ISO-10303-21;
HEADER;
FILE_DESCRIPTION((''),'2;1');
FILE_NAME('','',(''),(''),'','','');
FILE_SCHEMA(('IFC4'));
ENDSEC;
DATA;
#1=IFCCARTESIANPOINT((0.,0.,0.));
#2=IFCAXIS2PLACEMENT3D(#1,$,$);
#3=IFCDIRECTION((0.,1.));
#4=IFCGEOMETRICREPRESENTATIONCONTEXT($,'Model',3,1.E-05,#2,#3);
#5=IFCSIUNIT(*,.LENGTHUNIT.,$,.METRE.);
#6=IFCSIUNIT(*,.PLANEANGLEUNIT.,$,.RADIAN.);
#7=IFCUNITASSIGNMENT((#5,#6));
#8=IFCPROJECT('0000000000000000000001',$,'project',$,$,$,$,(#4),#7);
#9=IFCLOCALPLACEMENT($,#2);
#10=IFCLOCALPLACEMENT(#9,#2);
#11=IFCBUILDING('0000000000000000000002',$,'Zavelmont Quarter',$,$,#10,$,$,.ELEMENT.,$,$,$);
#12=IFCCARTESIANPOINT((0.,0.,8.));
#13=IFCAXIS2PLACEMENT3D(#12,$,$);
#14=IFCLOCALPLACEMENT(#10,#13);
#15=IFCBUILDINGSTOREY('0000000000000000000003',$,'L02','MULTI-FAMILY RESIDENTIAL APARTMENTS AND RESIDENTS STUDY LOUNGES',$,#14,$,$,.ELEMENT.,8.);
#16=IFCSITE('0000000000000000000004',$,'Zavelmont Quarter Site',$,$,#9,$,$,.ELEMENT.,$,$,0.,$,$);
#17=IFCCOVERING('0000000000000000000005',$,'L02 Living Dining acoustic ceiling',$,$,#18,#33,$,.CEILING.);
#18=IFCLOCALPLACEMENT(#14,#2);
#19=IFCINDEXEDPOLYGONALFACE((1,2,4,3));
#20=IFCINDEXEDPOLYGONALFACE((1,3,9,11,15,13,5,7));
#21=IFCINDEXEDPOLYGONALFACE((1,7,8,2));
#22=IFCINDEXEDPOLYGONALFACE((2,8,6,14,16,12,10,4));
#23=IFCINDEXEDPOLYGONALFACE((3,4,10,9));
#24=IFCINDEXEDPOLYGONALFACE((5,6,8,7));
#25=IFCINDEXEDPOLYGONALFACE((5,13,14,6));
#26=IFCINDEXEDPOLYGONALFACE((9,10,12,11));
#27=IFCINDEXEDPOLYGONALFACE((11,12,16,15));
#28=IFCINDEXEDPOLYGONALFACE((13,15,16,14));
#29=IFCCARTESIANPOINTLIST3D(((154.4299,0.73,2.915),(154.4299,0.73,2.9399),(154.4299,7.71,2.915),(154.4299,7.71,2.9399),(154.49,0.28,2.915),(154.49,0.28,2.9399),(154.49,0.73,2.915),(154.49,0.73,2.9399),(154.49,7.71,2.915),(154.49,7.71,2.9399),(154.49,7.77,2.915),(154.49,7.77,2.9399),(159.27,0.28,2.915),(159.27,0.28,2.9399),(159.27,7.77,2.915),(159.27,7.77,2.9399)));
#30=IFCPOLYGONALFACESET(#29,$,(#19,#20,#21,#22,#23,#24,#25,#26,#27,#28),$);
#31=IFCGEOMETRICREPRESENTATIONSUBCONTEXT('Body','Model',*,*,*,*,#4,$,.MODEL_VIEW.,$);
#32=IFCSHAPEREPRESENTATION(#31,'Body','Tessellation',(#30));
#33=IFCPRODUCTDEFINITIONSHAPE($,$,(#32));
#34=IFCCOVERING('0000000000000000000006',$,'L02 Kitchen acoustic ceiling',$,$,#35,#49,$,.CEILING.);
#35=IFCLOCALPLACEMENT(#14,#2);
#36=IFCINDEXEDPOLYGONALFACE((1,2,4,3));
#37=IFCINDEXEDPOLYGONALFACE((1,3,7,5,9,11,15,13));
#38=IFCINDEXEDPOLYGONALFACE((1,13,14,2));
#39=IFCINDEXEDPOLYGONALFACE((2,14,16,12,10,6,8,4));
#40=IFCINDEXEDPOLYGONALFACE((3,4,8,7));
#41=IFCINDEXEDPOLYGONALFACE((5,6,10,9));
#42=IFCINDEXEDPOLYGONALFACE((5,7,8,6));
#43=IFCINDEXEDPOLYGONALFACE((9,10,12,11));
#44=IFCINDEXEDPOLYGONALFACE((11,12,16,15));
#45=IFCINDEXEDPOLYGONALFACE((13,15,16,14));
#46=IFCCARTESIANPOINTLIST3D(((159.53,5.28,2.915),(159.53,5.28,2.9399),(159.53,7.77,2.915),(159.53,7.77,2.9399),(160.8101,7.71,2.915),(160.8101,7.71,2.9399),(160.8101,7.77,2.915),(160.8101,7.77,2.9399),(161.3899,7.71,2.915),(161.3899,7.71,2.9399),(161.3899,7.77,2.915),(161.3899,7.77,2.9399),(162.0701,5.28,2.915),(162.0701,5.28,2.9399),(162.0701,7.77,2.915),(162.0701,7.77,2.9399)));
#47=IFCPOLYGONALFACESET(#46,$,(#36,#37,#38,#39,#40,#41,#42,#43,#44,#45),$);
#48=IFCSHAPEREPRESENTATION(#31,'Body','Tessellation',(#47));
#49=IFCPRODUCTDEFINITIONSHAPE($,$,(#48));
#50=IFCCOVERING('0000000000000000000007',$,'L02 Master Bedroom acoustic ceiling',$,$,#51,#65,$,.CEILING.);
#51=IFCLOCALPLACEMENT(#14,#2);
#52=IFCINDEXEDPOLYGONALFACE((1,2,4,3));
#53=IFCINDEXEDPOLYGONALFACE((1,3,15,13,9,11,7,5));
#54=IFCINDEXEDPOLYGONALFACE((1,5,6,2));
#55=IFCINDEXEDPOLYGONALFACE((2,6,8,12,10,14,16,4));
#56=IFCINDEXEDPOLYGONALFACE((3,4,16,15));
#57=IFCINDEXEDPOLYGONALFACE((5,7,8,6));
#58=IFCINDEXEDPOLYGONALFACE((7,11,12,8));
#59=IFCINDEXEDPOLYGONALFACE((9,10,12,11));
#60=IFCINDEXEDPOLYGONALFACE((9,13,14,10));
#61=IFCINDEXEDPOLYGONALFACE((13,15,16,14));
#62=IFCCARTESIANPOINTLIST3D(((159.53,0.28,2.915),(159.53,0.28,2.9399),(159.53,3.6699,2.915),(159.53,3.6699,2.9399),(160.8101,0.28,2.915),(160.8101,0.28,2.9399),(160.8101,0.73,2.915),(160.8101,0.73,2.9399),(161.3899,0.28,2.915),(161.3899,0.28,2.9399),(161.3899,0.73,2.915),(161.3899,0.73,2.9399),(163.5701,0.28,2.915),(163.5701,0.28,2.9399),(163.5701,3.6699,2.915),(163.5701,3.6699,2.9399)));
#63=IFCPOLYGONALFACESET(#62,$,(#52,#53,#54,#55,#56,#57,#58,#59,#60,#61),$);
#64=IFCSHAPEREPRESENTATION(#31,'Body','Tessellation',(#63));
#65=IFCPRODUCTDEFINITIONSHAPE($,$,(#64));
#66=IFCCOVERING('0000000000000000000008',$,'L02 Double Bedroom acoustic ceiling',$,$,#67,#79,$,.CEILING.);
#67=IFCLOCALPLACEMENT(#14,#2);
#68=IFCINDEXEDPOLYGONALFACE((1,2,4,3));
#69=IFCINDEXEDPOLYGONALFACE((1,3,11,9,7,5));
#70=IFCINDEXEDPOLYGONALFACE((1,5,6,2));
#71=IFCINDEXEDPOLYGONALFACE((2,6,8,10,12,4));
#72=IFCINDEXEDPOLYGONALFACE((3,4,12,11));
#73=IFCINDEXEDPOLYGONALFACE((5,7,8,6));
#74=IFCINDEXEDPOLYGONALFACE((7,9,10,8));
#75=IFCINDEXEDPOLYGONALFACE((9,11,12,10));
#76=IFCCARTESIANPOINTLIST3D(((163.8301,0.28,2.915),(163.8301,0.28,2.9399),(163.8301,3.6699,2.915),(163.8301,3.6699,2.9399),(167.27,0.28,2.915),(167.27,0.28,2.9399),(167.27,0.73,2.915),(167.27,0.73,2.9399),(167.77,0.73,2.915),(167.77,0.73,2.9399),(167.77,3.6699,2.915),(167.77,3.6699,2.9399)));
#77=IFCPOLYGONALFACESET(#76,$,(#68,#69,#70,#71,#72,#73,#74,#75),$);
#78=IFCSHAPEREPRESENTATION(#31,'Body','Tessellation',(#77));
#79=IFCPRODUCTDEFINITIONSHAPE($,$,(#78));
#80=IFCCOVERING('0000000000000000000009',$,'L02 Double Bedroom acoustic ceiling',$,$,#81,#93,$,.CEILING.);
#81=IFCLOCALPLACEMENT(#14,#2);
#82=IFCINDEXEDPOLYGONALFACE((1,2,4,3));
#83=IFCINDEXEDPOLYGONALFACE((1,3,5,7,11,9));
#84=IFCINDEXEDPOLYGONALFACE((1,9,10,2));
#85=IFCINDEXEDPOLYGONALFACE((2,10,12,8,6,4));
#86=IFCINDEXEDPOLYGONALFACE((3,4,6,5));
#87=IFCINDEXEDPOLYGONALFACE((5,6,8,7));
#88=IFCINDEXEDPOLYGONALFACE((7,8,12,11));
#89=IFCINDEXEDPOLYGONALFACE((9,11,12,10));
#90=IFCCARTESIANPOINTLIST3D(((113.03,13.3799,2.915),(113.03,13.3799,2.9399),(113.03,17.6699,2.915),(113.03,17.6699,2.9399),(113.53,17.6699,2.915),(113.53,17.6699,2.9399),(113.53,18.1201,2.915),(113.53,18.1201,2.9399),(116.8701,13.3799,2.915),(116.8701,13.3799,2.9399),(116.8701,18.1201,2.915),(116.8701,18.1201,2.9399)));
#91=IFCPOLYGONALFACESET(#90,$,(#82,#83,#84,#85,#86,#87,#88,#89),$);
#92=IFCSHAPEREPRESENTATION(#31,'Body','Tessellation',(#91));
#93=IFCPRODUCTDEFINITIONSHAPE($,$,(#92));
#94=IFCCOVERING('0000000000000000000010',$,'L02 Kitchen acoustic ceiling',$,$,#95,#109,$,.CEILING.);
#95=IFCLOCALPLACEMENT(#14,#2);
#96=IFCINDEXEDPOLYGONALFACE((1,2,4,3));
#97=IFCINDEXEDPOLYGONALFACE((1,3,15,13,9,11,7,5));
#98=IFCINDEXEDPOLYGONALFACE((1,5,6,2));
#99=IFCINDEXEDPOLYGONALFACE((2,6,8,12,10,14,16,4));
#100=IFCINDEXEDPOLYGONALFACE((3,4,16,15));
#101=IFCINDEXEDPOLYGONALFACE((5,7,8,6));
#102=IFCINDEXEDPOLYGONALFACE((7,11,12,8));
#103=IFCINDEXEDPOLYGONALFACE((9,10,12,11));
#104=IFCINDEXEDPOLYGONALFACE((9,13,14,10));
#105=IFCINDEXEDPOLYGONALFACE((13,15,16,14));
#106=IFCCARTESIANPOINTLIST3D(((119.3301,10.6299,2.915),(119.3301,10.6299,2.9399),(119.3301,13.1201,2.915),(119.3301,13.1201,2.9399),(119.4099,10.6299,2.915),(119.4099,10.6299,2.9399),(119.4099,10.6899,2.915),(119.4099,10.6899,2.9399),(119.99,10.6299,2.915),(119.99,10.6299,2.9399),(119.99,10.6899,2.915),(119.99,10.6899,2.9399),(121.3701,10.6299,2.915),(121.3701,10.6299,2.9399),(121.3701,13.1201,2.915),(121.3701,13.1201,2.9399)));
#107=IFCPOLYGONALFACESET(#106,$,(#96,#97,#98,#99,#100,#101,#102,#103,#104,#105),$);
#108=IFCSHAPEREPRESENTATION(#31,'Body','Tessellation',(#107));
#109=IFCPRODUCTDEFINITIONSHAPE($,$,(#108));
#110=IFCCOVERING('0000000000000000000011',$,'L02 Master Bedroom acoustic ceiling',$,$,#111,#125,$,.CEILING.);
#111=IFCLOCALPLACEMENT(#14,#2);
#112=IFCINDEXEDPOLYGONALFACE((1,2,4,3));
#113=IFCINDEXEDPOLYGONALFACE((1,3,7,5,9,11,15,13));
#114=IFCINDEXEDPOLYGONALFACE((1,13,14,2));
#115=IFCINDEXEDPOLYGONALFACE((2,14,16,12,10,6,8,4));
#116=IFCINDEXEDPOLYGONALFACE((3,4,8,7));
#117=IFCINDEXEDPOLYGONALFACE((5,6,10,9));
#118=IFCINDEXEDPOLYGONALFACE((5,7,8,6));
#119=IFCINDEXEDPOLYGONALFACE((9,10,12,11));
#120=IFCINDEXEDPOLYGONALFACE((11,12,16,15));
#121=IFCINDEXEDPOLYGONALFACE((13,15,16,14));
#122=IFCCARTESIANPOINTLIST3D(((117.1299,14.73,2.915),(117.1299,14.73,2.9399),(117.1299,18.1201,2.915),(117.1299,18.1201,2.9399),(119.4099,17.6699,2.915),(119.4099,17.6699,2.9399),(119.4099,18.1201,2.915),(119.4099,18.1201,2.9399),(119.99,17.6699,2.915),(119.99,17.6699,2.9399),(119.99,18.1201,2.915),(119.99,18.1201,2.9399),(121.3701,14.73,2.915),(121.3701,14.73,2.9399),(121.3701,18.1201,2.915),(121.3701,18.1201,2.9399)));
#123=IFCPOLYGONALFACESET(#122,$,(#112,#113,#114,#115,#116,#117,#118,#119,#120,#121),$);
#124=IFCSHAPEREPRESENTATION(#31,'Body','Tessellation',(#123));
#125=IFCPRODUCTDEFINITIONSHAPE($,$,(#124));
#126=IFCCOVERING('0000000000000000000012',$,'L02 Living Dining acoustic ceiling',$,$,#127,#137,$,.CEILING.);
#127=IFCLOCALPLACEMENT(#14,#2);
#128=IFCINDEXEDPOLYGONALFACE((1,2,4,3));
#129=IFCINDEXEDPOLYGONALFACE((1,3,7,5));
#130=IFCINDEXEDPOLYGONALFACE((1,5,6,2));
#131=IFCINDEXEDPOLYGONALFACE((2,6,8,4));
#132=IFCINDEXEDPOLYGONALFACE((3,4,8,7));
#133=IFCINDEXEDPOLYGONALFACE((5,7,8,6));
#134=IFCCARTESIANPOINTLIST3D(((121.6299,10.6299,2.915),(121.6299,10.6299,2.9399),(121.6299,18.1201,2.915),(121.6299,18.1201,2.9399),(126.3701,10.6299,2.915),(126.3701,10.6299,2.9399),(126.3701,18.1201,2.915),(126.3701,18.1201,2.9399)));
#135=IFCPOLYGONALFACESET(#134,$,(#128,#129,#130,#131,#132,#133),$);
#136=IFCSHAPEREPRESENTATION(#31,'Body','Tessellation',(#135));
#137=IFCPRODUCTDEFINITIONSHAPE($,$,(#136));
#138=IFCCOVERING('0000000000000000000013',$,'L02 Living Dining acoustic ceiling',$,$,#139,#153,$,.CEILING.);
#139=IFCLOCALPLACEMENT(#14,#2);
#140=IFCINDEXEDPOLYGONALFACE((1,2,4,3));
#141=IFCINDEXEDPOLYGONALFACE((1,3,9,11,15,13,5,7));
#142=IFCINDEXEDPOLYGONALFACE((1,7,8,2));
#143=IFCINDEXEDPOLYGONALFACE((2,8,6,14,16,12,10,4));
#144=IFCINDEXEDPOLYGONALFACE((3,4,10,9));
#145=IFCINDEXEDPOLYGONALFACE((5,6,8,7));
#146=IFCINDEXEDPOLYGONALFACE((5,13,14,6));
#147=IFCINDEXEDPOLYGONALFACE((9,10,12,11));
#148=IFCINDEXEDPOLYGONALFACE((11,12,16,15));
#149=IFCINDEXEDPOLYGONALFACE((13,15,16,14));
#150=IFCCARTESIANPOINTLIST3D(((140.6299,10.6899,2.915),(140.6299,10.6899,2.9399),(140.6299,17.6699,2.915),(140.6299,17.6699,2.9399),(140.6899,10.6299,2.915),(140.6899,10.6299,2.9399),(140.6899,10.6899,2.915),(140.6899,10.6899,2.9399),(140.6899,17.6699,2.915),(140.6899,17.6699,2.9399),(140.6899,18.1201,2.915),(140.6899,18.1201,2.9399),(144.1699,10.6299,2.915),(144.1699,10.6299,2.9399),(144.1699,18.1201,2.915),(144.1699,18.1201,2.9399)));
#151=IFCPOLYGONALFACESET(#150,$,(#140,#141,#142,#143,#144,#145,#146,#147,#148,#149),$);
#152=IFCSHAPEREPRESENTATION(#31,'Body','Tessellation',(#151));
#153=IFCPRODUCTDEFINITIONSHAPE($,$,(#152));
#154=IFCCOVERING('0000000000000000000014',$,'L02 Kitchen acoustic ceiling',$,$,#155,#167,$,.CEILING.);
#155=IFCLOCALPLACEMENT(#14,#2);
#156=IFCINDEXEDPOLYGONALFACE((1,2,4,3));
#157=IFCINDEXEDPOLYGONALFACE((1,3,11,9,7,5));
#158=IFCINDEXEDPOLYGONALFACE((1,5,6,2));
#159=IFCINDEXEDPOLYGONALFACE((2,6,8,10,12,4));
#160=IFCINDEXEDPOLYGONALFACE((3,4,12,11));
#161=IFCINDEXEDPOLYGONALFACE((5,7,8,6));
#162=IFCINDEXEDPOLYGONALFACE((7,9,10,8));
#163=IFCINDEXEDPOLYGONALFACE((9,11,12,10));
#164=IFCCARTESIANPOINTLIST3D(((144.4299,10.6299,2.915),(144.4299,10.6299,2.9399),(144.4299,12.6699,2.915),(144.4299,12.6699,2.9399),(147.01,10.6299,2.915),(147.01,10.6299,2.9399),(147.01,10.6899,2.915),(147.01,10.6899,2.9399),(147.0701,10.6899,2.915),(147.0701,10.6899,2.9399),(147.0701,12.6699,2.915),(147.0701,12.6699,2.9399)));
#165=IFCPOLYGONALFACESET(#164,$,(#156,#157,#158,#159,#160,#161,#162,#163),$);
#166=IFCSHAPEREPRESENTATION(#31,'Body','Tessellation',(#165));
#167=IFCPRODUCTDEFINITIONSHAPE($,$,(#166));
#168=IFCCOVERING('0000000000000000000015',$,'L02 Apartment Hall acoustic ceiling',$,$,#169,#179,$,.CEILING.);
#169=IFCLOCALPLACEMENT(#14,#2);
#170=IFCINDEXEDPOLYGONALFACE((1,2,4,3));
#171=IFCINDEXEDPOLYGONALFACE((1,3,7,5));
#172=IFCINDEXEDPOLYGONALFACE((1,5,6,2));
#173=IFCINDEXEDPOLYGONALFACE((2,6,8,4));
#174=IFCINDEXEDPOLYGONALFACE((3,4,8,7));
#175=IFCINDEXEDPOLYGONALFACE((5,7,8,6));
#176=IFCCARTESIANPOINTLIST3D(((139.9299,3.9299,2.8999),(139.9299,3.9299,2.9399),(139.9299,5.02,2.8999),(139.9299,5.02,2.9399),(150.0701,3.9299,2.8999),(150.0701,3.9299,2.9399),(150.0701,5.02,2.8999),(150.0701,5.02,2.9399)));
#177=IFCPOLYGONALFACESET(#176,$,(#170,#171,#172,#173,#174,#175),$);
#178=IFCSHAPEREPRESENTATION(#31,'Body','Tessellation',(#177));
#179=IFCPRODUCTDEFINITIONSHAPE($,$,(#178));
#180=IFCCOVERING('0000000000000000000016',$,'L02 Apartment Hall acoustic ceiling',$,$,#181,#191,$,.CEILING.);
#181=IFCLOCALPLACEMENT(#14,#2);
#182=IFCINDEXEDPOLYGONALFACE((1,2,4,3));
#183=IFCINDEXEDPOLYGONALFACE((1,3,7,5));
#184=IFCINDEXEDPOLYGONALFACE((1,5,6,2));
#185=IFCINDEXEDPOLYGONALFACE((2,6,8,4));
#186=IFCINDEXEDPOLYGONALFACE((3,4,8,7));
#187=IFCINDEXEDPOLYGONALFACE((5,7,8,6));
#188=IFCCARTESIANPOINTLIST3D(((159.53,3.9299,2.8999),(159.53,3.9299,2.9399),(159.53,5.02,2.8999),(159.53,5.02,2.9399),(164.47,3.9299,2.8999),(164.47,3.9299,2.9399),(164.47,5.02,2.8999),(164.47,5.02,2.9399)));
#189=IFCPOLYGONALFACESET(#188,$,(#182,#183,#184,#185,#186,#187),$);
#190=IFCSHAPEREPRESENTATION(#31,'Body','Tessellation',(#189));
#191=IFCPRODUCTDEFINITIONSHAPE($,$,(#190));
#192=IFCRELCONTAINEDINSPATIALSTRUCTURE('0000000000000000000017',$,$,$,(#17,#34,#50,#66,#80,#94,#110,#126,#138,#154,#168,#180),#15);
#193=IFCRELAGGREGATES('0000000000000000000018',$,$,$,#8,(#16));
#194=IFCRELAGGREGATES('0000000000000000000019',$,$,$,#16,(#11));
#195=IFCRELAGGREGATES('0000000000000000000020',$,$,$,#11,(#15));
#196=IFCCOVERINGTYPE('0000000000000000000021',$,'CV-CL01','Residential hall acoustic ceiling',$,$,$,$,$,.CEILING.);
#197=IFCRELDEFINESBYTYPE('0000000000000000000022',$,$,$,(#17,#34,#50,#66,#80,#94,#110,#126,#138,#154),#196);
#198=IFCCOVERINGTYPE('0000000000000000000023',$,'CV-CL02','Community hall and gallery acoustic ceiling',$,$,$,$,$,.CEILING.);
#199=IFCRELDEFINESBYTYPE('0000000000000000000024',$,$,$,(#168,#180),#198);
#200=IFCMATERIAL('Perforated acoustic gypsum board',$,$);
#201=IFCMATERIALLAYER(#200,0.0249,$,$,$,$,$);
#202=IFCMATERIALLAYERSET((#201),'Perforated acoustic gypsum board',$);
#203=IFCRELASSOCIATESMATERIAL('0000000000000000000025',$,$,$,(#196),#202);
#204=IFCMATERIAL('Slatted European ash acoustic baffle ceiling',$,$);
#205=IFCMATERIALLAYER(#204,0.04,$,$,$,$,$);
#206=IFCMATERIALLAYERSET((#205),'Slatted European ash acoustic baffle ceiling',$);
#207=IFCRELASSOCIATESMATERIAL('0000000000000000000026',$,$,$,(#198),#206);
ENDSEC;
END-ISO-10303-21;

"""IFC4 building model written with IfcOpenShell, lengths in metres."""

from ifc_helpers import new_model, si_unit, direction, frame, origin, place, context, subcontext, project, spatial, polyline, outline, extrude, material, layer, layer_set, type_object, element, save


model = new_model("IFC4")

# Units and contexts
model_context = context("Model", 3, precision=1e-05, world=origin(), true_north=direction((0.0, 1.0)))
body_context = subcontext(model_context, "Body", "Model", "MODEL_VIEW")
ifc_project = project(units=[si_unit("LENGTHUNIT", "METRE"), si_unit("PLANEANGLEUNIT", "RADIAN")], contexts=[model_context])

# Site, building, storey
site_placement = place(None, origin())
site = spatial("IfcSite", under=ifc_project, at=site_placement, Name="Zavelmont Quarter Site", CompositionType="ELEMENT", RefElevation=0.0)
building_placement = place(site_placement, origin())
building = spatial("IfcBuilding", under=site, at=building_placement, Name="Zavelmont Quarter", CompositionType="ELEMENT")
storey_placement = place(building_placement, frame((0.0, 0.0, 8.0)))
storey = spatial("IfcBuildingStorey", under=building, at=storey_placement, Name="L02", Description="MULTI-FAMILY RESIDENTIAL APARTMENTS AND RESIDENTS STUDY LOUNGES", CompositionType="ELEMENT", Elevation=8.0)

# Coverings
ifc_material_1 = material(Name="Perforated acoustic gypsum board")
ifc_layer_1 = layer(ifc_material_1, 0.0249)
ifc_layer_set_1 = layer_set([ifc_layer_1], Name="Perforated acoustic gypsum board")
covering_type_1 = type_object("IfcCoveringType", Name="CV-CL01", Description="Residential hall acoustic ceiling", PredefinedType="CEILING", material=ifc_layer_set_1)
covering_1_placement = place(storey_placement, frame((0.0, 0.0, 2.915)))
element("IfcCovering", 1, at=covering_1_placement, inside=storey, type_object=covering_type_1, Name="L02 Living Dining acoustic ceiling", PredefinedType="CEILING", context=body_context, shape_type="SweptSolid", body=[
    extrude(outline(polyline([(154.4299, 7.71), (154.49, 7.71), (154.49, 7.77), (159.27, 7.77), (159.27, 0.28), (154.49, 0.28), (154.49, 0.73), (154.4299, 0.73), (154.4299, 7.71)])), origin(), (0.0, 0.0, 1.0), 0.0249),
])
covering_2_placement = place(storey_placement, frame((0.0, 0.0, 2.915)))
element("IfcCovering", 2, at=covering_2_placement, inside=storey, type_object=covering_type_1, Name="L02 Kitchen acoustic ceiling", PredefinedType="CEILING", context=body_context, shape_type="SweptSolid", body=[
    extrude(outline(polyline([(159.53, 7.77), (160.8101, 7.77), (160.8101, 7.71), (161.3899, 7.71), (161.3899, 7.77), (162.0701, 7.77), (162.0701, 5.28), (159.53, 5.28), (159.53, 7.77)])), origin(), (0.0, 0.0, 1.0), 0.0249),
])
covering_3_placement = place(storey_placement, frame((0.0, 0.0, 2.915)))
element("IfcCovering", 3, at=covering_3_placement, inside=storey, type_object=covering_type_1, Name="L02 Master Bedroom acoustic ceiling", PredefinedType="CEILING", context=body_context, shape_type="SweptSolid", body=[
    extrude(outline(polyline([(159.53, 3.6699), (163.5701, 3.6699), (163.5701, 0.28), (161.3899, 0.28), (161.3899, 0.73), (160.8101, 0.73), (160.8101, 0.28), (159.53, 0.28), (159.53, 3.6699)])), origin(), (0.0, 0.0, 1.0), 0.0249),
])
covering_4_placement = place(storey_placement, frame((0.0, 0.0, 2.915)))
element("IfcCovering", 4, at=covering_4_placement, inside=storey, type_object=covering_type_1, Name="L02 Double Bedroom acoustic ceiling", PredefinedType="CEILING", context=body_context, shape_type="SweptSolid", body=[
    extrude(outline(polyline([(163.8301, 3.6699), (167.77, 3.6699), (167.77, 0.73), (167.27, 0.73), (167.27, 0.28), (163.8301, 0.28), (163.8301, 3.6699)])), origin(), (0.0, 0.0, 1.0), 0.0249),
])
covering_5_placement = place(storey_placement, frame((0.0, 0.0, 2.915)))
element("IfcCovering", 5, at=covering_5_placement, inside=storey, type_object=covering_type_1, Name="L02 Double Bedroom acoustic ceiling", PredefinedType="CEILING", context=body_context, shape_type="SweptSolid", body=[
    extrude(outline(polyline([(113.03, 17.6699), (113.53, 17.6699), (113.53, 18.1201), (116.8701, 18.1201), (116.8701, 13.3799), (113.03, 13.3799), (113.03, 17.6699)])), origin(), (0.0, 0.0, 1.0), 0.0249),
])
covering_6_placement = place(storey_placement, frame((0.0, 0.0, 2.915)))
element("IfcCovering", 6, at=covering_6_placement, inside=storey, type_object=covering_type_1, Name="L02 Kitchen acoustic ceiling", PredefinedType="CEILING", context=body_context, shape_type="SweptSolid", body=[
    extrude(outline(polyline([(119.3301, 13.1201), (121.3701, 13.1201), (121.3701, 10.6299), (119.99, 10.6299), (119.99, 10.6899), (119.4099, 10.6899), (119.4099, 10.6299), (119.3301, 10.6299), (119.3301, 13.1201)])), origin(), (0.0, 0.0, 1.0), 0.0249),
])
covering_7_placement = place(storey_placement, frame((0.0, 0.0, 2.915)))
element("IfcCovering", 7, at=covering_7_placement, inside=storey, type_object=covering_type_1, Name="L02 Master Bedroom acoustic ceiling", PredefinedType="CEILING", context=body_context, shape_type="SweptSolid", body=[
    extrude(outline(polyline([(117.1299, 18.1201), (119.4099, 18.1201), (119.4099, 17.6699), (119.99, 17.6699), (119.99, 18.1201), (121.3701, 18.1201), (121.3701, 14.73), (117.1299, 14.73), (117.1299, 18.1201)])), origin(), (0.0, 0.0, 1.0), 0.0249),
])
covering_8_placement = place(storey_placement, frame((0.0, 0.0, 2.915)))
element("IfcCovering", 8, at=covering_8_placement, inside=storey, type_object=covering_type_1, Name="L02 Living Dining acoustic ceiling", PredefinedType="CEILING", context=body_context, shape_type="SweptSolid", body=[
    extrude(outline(polyline([(121.6299, 18.1201), (126.3701, 18.1201), (126.3701, 10.6299), (121.6299, 10.6299), (121.6299, 18.1201)])), origin(), (0.0, 0.0, 1.0), 0.0249),
])
covering_9_placement = place(storey_placement, frame((0.0, 0.0, 2.915)))
element("IfcCovering", 9, at=covering_9_placement, inside=storey, type_object=covering_type_1, Name="L02 Living Dining acoustic ceiling", PredefinedType="CEILING", context=body_context, shape_type="SweptSolid", body=[
    extrude(outline(polyline([(140.6299, 17.6699), (140.6899, 17.6699), (140.6899, 18.1201), (144.1699, 18.1201), (144.1699, 10.6299), (140.6899, 10.6299), (140.6899, 10.6899), (140.6299, 10.6899), (140.6299, 17.6699)])), origin(), (0.0, 0.0, 1.0), 0.0249),
])
covering_10_placement = place(storey_placement, frame((0.0, 0.0, 2.915)))
element("IfcCovering", 10, at=covering_10_placement, inside=storey, type_object=covering_type_1, Name="L02 Kitchen acoustic ceiling", PredefinedType="CEILING", context=body_context, shape_type="SweptSolid", body=[
    extrude(outline(polyline([(144.4299, 12.6699), (147.0701, 12.6699), (147.0701, 10.6899), (147.01, 10.6899), (147.01, 10.6299), (144.4299, 10.6299), (144.4299, 12.6699)])), origin(), (0.0, 0.0, 1.0), 0.0249),
])
ifc_material_2 = material(Name="Slatted European ash acoustic baffle ceiling")
ifc_layer_2 = layer(ifc_material_2, 0.04)
ifc_layer_set_2 = layer_set([ifc_layer_2], Name="Slatted European ash acoustic baffle ceiling")
covering_type_2 = type_object("IfcCoveringType", Name="CV-CL02", Description="Community hall and gallery acoustic ceiling", PredefinedType="CEILING", material=ifc_layer_set_2)
covering_11_placement = place(storey_placement, frame((0.0, 0.0, 2.8999)))
element("IfcCovering", 11, at=covering_11_placement, inside=storey, type_object=covering_type_2, Name="L02 Apartment Hall acoustic ceiling", PredefinedType="CEILING", context=body_context, shape_type="SweptSolid", body=[
    extrude(outline(polyline([(139.9299, 5.02), (150.0701, 5.02), (150.0701, 3.9299), (139.9299, 3.9299), (139.9299, 5.02)])), origin(), (0.0, 0.0, 1.0), 0.04),
])
covering_12_placement = place(storey_placement, frame((0.0, 0.0, 2.8999)))
element("IfcCovering", 12, at=covering_12_placement, inside=storey, type_object=covering_type_2, Name="L02 Apartment Hall acoustic ceiling", PredefinedType="CEILING", context=body_context, shape_type="SweptSolid", body=[
    extrude(outline(polyline([(159.53, 5.02), (164.47, 5.02), (164.47, 3.9299), (159.53, 3.9299), (159.53, 5.02)])), origin(), (0.0, 0.0, 1.0), 0.04),
])

save(model, "model.ifc")
